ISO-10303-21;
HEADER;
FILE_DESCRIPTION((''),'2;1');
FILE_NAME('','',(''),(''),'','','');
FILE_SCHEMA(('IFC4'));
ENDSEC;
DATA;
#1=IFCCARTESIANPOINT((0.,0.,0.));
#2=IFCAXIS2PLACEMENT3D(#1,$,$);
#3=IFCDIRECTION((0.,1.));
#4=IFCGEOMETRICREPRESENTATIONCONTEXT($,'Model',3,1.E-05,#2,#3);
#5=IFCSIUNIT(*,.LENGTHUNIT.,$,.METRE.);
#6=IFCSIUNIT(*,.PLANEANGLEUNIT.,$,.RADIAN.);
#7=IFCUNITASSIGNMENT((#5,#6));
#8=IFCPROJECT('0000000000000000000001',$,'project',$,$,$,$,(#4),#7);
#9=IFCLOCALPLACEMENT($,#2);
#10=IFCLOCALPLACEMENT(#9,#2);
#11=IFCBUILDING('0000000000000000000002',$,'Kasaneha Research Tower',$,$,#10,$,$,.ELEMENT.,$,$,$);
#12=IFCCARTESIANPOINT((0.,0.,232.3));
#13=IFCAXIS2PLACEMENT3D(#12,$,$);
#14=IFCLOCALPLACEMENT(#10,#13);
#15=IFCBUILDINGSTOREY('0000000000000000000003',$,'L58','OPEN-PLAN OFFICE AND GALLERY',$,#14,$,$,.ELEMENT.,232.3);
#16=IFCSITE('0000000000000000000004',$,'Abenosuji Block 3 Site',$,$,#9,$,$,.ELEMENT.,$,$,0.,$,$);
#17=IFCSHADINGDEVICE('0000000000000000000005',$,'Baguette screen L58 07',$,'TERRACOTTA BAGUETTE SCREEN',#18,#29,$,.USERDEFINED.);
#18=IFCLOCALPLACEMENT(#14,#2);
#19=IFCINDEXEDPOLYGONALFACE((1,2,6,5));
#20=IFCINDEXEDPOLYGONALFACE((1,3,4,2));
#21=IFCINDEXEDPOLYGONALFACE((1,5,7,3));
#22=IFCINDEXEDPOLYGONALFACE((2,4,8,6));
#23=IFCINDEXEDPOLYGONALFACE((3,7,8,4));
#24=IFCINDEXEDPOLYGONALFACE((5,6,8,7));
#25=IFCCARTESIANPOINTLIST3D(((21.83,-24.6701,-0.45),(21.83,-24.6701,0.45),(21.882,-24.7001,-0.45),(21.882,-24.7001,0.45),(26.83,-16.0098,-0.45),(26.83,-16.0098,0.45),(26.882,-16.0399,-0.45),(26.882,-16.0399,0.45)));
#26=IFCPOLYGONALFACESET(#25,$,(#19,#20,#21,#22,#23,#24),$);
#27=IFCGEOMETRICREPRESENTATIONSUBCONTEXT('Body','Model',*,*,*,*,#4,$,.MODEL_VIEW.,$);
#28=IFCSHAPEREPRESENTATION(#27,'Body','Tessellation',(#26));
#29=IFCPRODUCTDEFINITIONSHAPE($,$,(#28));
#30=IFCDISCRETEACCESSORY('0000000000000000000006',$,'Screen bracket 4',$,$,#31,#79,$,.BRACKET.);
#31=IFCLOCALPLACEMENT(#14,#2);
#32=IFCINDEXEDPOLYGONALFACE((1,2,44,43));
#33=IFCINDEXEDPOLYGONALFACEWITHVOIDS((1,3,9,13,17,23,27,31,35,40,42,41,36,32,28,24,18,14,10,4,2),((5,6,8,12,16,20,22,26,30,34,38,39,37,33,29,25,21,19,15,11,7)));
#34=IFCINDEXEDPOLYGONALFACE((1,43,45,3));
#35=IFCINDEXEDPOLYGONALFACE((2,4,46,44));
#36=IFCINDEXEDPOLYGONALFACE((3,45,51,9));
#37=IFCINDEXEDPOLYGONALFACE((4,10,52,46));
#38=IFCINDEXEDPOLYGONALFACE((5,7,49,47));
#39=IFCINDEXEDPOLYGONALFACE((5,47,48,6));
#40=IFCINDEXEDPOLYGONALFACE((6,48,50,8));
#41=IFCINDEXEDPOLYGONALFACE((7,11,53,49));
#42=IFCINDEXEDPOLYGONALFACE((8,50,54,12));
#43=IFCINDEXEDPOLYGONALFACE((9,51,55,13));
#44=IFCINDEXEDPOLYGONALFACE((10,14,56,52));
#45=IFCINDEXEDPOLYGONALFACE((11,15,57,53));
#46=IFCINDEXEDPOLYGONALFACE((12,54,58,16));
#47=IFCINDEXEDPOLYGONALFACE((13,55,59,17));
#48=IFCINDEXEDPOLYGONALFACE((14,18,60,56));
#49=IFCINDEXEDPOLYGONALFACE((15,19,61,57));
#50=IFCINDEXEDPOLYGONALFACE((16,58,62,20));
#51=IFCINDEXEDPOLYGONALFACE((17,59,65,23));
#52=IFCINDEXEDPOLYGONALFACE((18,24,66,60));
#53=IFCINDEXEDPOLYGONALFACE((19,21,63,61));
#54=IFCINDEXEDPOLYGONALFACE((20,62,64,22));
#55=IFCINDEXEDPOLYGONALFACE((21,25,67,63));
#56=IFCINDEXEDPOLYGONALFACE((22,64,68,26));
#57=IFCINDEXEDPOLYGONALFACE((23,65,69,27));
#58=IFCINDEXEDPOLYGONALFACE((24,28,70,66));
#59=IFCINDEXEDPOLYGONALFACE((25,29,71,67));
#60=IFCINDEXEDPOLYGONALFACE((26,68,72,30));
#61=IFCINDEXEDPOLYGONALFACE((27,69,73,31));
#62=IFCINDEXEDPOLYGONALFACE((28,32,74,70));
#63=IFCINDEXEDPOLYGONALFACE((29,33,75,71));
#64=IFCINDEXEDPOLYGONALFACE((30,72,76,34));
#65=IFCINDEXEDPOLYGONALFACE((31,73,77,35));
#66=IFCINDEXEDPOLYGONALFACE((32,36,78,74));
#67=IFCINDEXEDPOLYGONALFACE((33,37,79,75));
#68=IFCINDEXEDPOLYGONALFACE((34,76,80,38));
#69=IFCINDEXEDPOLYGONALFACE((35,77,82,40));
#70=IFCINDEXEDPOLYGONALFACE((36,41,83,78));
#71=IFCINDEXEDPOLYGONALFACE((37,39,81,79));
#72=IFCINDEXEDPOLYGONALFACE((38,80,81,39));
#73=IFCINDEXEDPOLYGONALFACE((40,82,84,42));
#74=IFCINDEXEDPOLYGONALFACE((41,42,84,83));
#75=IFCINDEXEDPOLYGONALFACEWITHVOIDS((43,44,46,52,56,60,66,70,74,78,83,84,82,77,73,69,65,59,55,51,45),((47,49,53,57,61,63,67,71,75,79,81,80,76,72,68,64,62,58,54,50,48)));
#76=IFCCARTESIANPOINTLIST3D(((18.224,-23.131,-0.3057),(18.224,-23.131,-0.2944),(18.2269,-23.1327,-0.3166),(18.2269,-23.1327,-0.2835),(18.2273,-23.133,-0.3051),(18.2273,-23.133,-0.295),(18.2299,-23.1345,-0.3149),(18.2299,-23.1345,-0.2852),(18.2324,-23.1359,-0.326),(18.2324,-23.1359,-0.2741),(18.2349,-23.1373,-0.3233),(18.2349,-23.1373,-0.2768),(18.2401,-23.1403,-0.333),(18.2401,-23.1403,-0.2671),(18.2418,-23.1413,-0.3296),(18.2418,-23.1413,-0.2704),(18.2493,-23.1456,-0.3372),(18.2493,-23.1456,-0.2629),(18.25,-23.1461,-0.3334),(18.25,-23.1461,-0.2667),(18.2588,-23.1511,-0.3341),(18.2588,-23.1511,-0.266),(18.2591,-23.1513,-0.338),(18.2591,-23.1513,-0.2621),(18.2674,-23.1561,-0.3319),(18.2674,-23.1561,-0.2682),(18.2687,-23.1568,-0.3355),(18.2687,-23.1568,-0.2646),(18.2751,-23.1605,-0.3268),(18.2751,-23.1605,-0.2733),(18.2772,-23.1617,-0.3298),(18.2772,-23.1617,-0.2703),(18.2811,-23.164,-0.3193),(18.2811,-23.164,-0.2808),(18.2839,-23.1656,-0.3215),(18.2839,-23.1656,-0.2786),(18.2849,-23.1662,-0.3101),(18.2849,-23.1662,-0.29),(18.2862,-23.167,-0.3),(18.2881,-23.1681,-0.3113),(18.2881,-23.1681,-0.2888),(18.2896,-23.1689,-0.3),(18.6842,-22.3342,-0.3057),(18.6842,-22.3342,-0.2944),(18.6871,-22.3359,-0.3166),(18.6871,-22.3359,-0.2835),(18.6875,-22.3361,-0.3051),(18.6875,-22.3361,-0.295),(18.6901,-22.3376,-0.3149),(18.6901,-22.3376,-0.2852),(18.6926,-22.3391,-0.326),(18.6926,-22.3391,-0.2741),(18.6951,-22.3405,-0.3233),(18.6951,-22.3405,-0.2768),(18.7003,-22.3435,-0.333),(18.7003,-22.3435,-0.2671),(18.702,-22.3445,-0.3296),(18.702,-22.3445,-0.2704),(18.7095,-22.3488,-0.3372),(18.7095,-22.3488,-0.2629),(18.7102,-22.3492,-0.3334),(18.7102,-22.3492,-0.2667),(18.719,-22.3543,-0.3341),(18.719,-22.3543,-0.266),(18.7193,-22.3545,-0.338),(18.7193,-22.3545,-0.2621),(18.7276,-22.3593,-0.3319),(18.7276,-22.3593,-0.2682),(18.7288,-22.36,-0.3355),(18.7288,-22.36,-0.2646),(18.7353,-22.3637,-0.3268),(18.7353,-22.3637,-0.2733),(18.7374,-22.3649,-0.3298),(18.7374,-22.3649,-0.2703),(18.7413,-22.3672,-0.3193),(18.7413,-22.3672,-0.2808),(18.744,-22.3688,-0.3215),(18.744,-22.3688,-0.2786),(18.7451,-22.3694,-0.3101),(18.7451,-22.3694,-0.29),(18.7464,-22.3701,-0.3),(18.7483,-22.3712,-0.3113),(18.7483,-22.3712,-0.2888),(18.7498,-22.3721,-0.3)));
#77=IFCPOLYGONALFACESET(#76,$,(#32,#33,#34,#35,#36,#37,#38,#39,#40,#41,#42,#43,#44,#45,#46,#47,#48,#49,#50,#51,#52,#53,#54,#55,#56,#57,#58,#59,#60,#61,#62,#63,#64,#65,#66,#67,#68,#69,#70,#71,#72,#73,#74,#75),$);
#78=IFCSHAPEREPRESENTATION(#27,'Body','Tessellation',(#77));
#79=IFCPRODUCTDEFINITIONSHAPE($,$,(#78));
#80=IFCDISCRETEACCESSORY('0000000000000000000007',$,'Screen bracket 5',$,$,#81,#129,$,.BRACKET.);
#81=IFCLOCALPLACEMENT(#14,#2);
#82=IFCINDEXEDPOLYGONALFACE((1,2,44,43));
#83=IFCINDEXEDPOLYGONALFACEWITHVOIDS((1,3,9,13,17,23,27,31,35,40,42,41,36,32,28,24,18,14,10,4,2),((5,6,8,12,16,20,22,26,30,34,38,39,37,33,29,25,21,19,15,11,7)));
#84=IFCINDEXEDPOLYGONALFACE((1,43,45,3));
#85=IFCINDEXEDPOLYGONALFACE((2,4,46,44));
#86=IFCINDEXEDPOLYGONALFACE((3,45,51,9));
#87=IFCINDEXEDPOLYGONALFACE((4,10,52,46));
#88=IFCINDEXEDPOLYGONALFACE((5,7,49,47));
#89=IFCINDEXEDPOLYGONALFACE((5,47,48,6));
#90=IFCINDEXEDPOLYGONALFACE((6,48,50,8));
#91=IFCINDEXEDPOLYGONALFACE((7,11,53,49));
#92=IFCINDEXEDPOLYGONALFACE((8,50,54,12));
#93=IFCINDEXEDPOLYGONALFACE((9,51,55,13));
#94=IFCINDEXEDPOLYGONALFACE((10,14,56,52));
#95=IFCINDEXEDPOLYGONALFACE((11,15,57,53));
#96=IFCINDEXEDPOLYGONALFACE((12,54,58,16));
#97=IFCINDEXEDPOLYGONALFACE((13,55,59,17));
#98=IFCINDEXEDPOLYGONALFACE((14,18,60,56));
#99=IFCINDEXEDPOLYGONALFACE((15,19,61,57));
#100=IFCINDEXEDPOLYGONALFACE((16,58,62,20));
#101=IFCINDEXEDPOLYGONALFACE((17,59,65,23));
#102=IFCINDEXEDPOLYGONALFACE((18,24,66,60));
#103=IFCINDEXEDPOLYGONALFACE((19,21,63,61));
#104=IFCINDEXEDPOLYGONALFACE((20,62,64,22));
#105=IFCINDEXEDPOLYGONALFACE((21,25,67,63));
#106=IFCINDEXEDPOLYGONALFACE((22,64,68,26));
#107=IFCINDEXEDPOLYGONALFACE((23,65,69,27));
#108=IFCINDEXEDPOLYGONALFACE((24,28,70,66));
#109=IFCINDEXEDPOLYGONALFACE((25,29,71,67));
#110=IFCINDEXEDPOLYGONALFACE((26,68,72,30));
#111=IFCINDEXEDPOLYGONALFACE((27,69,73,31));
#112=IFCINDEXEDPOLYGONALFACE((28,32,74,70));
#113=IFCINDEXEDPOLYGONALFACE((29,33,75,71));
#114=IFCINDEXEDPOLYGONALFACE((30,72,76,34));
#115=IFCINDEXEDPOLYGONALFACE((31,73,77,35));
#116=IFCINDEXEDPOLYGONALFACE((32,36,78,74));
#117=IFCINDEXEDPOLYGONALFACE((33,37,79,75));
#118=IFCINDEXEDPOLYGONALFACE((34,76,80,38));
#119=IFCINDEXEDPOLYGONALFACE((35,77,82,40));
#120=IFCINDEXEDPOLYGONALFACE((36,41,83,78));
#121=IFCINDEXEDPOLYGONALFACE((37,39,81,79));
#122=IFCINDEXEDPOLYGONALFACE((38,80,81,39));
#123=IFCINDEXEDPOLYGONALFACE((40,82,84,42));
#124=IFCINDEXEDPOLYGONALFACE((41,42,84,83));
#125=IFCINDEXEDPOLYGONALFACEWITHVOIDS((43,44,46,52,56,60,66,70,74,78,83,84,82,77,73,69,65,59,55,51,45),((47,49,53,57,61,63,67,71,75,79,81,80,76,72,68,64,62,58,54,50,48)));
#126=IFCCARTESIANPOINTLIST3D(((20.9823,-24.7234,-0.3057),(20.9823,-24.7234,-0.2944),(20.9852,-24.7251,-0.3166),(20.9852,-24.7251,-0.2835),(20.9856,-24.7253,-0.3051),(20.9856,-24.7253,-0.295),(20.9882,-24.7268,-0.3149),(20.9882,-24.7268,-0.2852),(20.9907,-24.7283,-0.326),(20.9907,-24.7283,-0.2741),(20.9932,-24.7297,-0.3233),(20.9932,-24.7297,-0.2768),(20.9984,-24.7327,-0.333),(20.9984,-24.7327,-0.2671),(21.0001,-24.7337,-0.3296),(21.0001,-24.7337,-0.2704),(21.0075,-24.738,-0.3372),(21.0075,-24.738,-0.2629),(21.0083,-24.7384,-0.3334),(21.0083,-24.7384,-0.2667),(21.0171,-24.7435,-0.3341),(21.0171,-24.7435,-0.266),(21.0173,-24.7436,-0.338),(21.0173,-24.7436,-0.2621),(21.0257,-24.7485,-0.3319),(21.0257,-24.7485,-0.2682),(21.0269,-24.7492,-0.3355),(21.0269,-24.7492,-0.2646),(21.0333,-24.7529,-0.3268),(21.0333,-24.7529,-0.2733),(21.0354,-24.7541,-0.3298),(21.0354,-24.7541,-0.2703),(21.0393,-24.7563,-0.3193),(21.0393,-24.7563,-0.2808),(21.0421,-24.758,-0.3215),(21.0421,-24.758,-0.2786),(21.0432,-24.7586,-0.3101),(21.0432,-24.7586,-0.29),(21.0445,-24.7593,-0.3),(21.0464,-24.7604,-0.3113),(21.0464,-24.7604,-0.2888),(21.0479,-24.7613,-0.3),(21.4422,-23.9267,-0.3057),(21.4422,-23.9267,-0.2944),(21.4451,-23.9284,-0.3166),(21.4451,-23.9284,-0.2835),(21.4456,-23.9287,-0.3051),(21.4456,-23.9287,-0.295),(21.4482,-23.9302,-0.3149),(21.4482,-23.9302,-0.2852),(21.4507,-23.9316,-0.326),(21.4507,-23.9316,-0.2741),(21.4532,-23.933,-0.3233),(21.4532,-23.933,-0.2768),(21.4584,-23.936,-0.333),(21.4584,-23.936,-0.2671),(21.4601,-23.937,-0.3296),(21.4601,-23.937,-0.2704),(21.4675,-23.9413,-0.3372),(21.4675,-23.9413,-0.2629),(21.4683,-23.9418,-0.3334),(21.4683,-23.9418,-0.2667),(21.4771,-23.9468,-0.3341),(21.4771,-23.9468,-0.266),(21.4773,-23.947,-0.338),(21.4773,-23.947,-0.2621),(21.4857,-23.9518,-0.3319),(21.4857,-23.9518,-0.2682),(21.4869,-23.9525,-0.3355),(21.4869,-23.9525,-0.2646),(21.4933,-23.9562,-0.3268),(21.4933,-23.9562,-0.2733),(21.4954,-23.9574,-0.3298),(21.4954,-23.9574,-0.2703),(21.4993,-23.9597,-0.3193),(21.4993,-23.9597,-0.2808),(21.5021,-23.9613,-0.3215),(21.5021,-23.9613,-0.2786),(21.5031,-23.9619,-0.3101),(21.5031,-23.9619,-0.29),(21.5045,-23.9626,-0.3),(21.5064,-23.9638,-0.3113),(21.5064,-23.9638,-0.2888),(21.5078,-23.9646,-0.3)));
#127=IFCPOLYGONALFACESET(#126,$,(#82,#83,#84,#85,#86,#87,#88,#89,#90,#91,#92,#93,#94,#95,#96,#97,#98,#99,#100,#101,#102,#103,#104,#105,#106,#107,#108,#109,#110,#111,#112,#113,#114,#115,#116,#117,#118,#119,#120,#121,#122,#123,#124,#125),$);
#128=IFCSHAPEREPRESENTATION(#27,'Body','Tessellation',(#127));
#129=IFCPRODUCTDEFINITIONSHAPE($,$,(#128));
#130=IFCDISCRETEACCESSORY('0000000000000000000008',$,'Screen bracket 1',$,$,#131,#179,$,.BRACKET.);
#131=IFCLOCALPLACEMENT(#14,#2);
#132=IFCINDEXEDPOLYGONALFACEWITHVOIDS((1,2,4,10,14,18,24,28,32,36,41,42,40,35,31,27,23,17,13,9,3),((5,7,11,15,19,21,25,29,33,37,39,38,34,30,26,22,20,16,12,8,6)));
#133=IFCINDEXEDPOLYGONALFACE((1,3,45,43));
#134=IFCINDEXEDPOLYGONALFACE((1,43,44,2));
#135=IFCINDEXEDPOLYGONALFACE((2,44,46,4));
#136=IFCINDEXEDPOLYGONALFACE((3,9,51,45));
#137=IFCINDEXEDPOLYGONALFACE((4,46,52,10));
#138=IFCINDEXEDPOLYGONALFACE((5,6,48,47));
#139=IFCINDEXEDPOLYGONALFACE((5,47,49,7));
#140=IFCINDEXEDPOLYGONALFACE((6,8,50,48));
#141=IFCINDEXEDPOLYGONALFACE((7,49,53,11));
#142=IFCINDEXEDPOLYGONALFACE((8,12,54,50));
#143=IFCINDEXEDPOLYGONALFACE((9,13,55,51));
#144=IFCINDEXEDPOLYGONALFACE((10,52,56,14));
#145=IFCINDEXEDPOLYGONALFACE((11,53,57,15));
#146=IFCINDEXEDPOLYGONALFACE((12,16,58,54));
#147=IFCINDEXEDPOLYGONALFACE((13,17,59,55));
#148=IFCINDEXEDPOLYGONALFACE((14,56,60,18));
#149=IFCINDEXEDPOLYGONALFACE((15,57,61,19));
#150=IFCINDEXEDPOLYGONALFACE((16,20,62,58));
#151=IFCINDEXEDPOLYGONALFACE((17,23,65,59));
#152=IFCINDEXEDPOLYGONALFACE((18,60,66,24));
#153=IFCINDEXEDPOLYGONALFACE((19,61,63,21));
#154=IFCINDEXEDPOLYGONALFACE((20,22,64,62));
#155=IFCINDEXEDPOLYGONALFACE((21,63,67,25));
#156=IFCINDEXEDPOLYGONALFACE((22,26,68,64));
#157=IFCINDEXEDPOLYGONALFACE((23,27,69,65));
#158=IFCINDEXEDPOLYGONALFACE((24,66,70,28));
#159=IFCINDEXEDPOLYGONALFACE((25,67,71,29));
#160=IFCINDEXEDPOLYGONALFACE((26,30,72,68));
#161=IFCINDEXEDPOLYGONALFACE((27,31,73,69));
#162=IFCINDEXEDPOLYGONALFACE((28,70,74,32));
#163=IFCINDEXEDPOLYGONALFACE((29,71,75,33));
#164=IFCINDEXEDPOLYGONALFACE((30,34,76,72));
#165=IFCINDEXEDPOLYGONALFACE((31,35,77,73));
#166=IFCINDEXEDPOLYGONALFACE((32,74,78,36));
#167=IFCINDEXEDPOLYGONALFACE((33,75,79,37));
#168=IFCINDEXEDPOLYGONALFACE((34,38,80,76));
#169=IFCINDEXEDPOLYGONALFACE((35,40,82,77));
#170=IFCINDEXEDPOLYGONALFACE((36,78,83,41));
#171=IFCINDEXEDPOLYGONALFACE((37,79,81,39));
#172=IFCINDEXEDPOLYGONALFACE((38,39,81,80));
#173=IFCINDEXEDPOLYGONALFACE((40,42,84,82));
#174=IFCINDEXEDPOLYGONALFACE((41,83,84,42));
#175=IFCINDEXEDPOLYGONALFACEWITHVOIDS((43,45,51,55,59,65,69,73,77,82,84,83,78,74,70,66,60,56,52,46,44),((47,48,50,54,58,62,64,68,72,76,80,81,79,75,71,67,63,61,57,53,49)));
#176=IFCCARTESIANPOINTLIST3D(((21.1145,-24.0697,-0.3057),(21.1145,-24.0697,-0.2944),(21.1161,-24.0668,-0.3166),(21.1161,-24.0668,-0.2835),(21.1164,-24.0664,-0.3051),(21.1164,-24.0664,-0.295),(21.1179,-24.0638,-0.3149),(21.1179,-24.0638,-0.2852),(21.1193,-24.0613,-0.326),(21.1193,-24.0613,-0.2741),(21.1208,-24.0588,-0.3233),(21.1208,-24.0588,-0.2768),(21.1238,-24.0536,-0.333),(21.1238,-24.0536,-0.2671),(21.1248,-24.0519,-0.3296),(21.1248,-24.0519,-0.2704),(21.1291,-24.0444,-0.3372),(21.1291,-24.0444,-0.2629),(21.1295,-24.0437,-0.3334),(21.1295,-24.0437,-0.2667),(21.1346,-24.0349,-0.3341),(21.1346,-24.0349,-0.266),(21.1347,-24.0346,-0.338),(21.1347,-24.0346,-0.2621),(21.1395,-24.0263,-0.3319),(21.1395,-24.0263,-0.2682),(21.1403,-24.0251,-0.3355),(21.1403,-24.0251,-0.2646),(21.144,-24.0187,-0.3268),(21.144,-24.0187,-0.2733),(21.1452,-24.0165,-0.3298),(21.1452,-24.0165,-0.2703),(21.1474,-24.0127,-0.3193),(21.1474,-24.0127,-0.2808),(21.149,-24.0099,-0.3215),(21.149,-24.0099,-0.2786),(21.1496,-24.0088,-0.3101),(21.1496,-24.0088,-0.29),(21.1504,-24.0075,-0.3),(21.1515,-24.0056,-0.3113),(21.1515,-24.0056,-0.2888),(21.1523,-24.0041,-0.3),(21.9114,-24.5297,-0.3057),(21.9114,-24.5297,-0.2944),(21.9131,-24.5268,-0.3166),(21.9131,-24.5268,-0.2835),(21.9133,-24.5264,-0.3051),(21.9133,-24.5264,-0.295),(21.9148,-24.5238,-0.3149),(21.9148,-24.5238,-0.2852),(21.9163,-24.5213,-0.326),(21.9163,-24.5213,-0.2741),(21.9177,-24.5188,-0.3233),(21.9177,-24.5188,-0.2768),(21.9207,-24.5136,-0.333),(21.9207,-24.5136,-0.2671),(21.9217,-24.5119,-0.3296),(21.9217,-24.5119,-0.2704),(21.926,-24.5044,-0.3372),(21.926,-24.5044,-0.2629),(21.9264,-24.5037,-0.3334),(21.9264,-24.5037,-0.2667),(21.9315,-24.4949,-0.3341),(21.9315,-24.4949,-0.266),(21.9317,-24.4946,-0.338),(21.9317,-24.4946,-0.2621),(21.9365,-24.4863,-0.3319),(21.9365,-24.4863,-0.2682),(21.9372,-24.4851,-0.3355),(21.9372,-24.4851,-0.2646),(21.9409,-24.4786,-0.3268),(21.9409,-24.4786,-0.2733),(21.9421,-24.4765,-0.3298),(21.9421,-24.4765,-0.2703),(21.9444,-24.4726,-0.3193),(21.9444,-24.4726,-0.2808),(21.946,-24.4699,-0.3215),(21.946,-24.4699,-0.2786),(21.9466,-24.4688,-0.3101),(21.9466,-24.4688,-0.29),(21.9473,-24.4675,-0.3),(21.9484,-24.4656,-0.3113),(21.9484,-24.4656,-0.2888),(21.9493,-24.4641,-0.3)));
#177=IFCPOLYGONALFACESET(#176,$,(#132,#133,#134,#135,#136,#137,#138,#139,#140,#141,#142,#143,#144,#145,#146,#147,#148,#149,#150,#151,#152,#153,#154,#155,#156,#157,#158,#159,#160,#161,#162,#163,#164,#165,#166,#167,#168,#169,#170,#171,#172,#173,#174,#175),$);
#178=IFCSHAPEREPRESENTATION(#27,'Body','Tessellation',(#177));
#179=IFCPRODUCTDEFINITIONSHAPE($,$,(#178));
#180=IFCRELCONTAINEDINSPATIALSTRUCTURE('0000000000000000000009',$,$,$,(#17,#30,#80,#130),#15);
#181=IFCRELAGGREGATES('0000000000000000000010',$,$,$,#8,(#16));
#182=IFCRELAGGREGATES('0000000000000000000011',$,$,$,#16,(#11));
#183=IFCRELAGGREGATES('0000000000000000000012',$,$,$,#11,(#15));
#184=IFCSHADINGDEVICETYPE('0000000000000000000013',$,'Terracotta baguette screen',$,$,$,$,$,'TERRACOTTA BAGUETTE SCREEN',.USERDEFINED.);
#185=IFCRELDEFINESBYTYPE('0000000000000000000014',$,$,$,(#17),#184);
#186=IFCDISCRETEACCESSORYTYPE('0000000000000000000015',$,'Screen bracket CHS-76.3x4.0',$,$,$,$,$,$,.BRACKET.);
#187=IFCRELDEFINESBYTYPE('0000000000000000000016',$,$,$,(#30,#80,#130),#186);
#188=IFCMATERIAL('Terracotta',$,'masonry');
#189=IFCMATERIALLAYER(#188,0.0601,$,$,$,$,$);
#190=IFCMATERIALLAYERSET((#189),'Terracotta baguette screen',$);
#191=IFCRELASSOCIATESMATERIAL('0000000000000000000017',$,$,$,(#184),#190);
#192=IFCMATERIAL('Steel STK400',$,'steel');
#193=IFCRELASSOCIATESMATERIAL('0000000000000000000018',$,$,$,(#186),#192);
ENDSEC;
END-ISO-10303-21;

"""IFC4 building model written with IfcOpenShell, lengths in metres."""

from ifc_helpers import new_model, si_unit, direction, frame, origin, origin_2d, place, context, subcontext, project, spatial, rectangle, hollow_circle, extrude, material, layer, layer_set, material_profile, profile_set, type_object, element, save


model = new_model("IFC4")

# Units and contexts
model_context = context("Model", 3, precision=1e-05, world=origin(), true_north=direction((0.0, 1.0)))
body_context = subcontext(model_context, "Body", "Model", "MODEL_VIEW")
ifc_project = project(units=[si_unit("LENGTHUNIT", "METRE"), si_unit("PLANEANGLEUNIT", "RADIAN")], contexts=[model_context])

# Site, building, storey
site_placement = place(None, origin())
site = spatial("IfcSite", under=ifc_project, at=site_placement, Name="Abenosuji Block 3 Site", CompositionType="ELEMENT", RefElevation=0.0)
building_placement = place(site_placement, origin())
building = spatial("IfcBuilding", under=site, at=building_placement, Name="Kasaneha Research Tower", CompositionType="ELEMENT")
storey_placement = place(building_placement, frame((0.0, 0.0, 232.3)))
storey = spatial("IfcBuildingStorey", under=building, at=storey_placement, Name="L58", Description="OPEN-PLAN OFFICE AND GALLERY", CompositionType="ELEMENT", Elevation=232.3)

# Shading device
ifc_material_1 = material(Name="Terracotta", Category="masonry")
ifc_layer_1 = layer(ifc_material_1, 0.0601)
ifc_layer_set_1 = layer_set([ifc_layer_1], Name="Terracotta baguette screen")
shading_device_type = type_object("IfcShadingDeviceType", Name="Terracotta baguette screen", ElementType="TERRACOTTA BAGUETTE SCREEN", PredefinedType="USERDEFINED", material=ifc_layer_set_1)
shading_device_placement = place(storey_placement, frame((24.356, -20.355, -0.45), z_axis=(0.0, 0.0, 1.0), x_axis=(0.5, 0.866025, 0.0)))
element("IfcShadingDevice", 1, at=shading_device_placement, inside=storey, type_object=shading_device_type, Name="Baguette screen L58 07", ObjectType="TERRACOTTA BAGUETTE SCREEN", PredefinedType="USERDEFINED", context=body_context, shape_type="SweptSolid", body=[
    extrude(rectangle(XDim=10.0, YDim=0.0601, at=origin_2d()), origin(), (0.0, 0.0, 1.0), 0.8999),
])

# Discrete accessories
ifc_material_2 = material(Name="Steel STK400", Category="steel")
ifc_material_profile_1 = material_profile(ifc_material_2, hollow_circle(Radius=0.0381, WallThickness=0.0039, at=origin_2d()), Name="CHS-76.3x4.0")
ifc_profile_set_1 = profile_set([ifc_material_profile_1], Name="Steel STK400")
discrete_accessory_type = type_object("IfcDiscreteAccessoryType", Name="Screen bracket CHS-76.3x4.0", PredefinedType="BRACKET", material=ifc_profile_set_1)
discrete_accessory_1_placement = place(storey_placement, frame((18.7168, -22.353, -0.3), z_axis=(-0.500105, -0.865965, 0.0), x_axis=(0.865965, -0.500105, 0.0)))
element("IfcDiscreteAccessory", 2, at=discrete_accessory_1_placement, inside=storey, type_object=discrete_accessory_type, Name="Screen bracket 4", PredefinedType="BRACKET", context=body_context, shape_type="SweptSolid", body=[
    extrude(hollow_circle(Radius=0.0381, WallThickness=0.0039, at=origin_2d()), origin(), (0.0, 0.0, 1.0), 0.9202),
])
discrete_accessory_2_placement = place(storey_placement, frame((21.4749, -23.9456, -0.3), z_axis=(-0.500021, -0.866013, 0.0), x_axis=(0.866013, -0.500021, 0.0)))
element("IfcDiscreteAccessory", 3, at=discrete_accessory_2_placement, inside=storey, type_object=discrete_accessory_type, Name="Screen bracket 5", PredefinedType="BRACKET", context=body_context, shape_type="SweptSolid", body=[
    extrude(hollow_circle(Radius=0.0381, WallThickness=0.0039, at=origin_2d()), origin(), (0.0, 0.0, 1.0), 0.9199),
])
discrete_accessory_3_placement = place(storey_placement, frame((21.1333, -24.0371, -0.3), z_axis=(0.86608, -0.499906, 0.0), x_axis=(0.499906, 0.86608, 0.0)))
element("IfcDiscreteAccessory", 4, at=discrete_accessory_3_placement, inside=storey, type_object=discrete_accessory_type, Name="Screen bracket 1", PredefinedType="BRACKET", context=body_context, shape_type="SweptSolid", body=[
    extrude(hollow_circle(Radius=0.0381, WallThickness=0.0039, at=origin_2d()), origin(), (0.0, 0.0, 1.0), 0.9202),
])

save(model, "model.ifc")
